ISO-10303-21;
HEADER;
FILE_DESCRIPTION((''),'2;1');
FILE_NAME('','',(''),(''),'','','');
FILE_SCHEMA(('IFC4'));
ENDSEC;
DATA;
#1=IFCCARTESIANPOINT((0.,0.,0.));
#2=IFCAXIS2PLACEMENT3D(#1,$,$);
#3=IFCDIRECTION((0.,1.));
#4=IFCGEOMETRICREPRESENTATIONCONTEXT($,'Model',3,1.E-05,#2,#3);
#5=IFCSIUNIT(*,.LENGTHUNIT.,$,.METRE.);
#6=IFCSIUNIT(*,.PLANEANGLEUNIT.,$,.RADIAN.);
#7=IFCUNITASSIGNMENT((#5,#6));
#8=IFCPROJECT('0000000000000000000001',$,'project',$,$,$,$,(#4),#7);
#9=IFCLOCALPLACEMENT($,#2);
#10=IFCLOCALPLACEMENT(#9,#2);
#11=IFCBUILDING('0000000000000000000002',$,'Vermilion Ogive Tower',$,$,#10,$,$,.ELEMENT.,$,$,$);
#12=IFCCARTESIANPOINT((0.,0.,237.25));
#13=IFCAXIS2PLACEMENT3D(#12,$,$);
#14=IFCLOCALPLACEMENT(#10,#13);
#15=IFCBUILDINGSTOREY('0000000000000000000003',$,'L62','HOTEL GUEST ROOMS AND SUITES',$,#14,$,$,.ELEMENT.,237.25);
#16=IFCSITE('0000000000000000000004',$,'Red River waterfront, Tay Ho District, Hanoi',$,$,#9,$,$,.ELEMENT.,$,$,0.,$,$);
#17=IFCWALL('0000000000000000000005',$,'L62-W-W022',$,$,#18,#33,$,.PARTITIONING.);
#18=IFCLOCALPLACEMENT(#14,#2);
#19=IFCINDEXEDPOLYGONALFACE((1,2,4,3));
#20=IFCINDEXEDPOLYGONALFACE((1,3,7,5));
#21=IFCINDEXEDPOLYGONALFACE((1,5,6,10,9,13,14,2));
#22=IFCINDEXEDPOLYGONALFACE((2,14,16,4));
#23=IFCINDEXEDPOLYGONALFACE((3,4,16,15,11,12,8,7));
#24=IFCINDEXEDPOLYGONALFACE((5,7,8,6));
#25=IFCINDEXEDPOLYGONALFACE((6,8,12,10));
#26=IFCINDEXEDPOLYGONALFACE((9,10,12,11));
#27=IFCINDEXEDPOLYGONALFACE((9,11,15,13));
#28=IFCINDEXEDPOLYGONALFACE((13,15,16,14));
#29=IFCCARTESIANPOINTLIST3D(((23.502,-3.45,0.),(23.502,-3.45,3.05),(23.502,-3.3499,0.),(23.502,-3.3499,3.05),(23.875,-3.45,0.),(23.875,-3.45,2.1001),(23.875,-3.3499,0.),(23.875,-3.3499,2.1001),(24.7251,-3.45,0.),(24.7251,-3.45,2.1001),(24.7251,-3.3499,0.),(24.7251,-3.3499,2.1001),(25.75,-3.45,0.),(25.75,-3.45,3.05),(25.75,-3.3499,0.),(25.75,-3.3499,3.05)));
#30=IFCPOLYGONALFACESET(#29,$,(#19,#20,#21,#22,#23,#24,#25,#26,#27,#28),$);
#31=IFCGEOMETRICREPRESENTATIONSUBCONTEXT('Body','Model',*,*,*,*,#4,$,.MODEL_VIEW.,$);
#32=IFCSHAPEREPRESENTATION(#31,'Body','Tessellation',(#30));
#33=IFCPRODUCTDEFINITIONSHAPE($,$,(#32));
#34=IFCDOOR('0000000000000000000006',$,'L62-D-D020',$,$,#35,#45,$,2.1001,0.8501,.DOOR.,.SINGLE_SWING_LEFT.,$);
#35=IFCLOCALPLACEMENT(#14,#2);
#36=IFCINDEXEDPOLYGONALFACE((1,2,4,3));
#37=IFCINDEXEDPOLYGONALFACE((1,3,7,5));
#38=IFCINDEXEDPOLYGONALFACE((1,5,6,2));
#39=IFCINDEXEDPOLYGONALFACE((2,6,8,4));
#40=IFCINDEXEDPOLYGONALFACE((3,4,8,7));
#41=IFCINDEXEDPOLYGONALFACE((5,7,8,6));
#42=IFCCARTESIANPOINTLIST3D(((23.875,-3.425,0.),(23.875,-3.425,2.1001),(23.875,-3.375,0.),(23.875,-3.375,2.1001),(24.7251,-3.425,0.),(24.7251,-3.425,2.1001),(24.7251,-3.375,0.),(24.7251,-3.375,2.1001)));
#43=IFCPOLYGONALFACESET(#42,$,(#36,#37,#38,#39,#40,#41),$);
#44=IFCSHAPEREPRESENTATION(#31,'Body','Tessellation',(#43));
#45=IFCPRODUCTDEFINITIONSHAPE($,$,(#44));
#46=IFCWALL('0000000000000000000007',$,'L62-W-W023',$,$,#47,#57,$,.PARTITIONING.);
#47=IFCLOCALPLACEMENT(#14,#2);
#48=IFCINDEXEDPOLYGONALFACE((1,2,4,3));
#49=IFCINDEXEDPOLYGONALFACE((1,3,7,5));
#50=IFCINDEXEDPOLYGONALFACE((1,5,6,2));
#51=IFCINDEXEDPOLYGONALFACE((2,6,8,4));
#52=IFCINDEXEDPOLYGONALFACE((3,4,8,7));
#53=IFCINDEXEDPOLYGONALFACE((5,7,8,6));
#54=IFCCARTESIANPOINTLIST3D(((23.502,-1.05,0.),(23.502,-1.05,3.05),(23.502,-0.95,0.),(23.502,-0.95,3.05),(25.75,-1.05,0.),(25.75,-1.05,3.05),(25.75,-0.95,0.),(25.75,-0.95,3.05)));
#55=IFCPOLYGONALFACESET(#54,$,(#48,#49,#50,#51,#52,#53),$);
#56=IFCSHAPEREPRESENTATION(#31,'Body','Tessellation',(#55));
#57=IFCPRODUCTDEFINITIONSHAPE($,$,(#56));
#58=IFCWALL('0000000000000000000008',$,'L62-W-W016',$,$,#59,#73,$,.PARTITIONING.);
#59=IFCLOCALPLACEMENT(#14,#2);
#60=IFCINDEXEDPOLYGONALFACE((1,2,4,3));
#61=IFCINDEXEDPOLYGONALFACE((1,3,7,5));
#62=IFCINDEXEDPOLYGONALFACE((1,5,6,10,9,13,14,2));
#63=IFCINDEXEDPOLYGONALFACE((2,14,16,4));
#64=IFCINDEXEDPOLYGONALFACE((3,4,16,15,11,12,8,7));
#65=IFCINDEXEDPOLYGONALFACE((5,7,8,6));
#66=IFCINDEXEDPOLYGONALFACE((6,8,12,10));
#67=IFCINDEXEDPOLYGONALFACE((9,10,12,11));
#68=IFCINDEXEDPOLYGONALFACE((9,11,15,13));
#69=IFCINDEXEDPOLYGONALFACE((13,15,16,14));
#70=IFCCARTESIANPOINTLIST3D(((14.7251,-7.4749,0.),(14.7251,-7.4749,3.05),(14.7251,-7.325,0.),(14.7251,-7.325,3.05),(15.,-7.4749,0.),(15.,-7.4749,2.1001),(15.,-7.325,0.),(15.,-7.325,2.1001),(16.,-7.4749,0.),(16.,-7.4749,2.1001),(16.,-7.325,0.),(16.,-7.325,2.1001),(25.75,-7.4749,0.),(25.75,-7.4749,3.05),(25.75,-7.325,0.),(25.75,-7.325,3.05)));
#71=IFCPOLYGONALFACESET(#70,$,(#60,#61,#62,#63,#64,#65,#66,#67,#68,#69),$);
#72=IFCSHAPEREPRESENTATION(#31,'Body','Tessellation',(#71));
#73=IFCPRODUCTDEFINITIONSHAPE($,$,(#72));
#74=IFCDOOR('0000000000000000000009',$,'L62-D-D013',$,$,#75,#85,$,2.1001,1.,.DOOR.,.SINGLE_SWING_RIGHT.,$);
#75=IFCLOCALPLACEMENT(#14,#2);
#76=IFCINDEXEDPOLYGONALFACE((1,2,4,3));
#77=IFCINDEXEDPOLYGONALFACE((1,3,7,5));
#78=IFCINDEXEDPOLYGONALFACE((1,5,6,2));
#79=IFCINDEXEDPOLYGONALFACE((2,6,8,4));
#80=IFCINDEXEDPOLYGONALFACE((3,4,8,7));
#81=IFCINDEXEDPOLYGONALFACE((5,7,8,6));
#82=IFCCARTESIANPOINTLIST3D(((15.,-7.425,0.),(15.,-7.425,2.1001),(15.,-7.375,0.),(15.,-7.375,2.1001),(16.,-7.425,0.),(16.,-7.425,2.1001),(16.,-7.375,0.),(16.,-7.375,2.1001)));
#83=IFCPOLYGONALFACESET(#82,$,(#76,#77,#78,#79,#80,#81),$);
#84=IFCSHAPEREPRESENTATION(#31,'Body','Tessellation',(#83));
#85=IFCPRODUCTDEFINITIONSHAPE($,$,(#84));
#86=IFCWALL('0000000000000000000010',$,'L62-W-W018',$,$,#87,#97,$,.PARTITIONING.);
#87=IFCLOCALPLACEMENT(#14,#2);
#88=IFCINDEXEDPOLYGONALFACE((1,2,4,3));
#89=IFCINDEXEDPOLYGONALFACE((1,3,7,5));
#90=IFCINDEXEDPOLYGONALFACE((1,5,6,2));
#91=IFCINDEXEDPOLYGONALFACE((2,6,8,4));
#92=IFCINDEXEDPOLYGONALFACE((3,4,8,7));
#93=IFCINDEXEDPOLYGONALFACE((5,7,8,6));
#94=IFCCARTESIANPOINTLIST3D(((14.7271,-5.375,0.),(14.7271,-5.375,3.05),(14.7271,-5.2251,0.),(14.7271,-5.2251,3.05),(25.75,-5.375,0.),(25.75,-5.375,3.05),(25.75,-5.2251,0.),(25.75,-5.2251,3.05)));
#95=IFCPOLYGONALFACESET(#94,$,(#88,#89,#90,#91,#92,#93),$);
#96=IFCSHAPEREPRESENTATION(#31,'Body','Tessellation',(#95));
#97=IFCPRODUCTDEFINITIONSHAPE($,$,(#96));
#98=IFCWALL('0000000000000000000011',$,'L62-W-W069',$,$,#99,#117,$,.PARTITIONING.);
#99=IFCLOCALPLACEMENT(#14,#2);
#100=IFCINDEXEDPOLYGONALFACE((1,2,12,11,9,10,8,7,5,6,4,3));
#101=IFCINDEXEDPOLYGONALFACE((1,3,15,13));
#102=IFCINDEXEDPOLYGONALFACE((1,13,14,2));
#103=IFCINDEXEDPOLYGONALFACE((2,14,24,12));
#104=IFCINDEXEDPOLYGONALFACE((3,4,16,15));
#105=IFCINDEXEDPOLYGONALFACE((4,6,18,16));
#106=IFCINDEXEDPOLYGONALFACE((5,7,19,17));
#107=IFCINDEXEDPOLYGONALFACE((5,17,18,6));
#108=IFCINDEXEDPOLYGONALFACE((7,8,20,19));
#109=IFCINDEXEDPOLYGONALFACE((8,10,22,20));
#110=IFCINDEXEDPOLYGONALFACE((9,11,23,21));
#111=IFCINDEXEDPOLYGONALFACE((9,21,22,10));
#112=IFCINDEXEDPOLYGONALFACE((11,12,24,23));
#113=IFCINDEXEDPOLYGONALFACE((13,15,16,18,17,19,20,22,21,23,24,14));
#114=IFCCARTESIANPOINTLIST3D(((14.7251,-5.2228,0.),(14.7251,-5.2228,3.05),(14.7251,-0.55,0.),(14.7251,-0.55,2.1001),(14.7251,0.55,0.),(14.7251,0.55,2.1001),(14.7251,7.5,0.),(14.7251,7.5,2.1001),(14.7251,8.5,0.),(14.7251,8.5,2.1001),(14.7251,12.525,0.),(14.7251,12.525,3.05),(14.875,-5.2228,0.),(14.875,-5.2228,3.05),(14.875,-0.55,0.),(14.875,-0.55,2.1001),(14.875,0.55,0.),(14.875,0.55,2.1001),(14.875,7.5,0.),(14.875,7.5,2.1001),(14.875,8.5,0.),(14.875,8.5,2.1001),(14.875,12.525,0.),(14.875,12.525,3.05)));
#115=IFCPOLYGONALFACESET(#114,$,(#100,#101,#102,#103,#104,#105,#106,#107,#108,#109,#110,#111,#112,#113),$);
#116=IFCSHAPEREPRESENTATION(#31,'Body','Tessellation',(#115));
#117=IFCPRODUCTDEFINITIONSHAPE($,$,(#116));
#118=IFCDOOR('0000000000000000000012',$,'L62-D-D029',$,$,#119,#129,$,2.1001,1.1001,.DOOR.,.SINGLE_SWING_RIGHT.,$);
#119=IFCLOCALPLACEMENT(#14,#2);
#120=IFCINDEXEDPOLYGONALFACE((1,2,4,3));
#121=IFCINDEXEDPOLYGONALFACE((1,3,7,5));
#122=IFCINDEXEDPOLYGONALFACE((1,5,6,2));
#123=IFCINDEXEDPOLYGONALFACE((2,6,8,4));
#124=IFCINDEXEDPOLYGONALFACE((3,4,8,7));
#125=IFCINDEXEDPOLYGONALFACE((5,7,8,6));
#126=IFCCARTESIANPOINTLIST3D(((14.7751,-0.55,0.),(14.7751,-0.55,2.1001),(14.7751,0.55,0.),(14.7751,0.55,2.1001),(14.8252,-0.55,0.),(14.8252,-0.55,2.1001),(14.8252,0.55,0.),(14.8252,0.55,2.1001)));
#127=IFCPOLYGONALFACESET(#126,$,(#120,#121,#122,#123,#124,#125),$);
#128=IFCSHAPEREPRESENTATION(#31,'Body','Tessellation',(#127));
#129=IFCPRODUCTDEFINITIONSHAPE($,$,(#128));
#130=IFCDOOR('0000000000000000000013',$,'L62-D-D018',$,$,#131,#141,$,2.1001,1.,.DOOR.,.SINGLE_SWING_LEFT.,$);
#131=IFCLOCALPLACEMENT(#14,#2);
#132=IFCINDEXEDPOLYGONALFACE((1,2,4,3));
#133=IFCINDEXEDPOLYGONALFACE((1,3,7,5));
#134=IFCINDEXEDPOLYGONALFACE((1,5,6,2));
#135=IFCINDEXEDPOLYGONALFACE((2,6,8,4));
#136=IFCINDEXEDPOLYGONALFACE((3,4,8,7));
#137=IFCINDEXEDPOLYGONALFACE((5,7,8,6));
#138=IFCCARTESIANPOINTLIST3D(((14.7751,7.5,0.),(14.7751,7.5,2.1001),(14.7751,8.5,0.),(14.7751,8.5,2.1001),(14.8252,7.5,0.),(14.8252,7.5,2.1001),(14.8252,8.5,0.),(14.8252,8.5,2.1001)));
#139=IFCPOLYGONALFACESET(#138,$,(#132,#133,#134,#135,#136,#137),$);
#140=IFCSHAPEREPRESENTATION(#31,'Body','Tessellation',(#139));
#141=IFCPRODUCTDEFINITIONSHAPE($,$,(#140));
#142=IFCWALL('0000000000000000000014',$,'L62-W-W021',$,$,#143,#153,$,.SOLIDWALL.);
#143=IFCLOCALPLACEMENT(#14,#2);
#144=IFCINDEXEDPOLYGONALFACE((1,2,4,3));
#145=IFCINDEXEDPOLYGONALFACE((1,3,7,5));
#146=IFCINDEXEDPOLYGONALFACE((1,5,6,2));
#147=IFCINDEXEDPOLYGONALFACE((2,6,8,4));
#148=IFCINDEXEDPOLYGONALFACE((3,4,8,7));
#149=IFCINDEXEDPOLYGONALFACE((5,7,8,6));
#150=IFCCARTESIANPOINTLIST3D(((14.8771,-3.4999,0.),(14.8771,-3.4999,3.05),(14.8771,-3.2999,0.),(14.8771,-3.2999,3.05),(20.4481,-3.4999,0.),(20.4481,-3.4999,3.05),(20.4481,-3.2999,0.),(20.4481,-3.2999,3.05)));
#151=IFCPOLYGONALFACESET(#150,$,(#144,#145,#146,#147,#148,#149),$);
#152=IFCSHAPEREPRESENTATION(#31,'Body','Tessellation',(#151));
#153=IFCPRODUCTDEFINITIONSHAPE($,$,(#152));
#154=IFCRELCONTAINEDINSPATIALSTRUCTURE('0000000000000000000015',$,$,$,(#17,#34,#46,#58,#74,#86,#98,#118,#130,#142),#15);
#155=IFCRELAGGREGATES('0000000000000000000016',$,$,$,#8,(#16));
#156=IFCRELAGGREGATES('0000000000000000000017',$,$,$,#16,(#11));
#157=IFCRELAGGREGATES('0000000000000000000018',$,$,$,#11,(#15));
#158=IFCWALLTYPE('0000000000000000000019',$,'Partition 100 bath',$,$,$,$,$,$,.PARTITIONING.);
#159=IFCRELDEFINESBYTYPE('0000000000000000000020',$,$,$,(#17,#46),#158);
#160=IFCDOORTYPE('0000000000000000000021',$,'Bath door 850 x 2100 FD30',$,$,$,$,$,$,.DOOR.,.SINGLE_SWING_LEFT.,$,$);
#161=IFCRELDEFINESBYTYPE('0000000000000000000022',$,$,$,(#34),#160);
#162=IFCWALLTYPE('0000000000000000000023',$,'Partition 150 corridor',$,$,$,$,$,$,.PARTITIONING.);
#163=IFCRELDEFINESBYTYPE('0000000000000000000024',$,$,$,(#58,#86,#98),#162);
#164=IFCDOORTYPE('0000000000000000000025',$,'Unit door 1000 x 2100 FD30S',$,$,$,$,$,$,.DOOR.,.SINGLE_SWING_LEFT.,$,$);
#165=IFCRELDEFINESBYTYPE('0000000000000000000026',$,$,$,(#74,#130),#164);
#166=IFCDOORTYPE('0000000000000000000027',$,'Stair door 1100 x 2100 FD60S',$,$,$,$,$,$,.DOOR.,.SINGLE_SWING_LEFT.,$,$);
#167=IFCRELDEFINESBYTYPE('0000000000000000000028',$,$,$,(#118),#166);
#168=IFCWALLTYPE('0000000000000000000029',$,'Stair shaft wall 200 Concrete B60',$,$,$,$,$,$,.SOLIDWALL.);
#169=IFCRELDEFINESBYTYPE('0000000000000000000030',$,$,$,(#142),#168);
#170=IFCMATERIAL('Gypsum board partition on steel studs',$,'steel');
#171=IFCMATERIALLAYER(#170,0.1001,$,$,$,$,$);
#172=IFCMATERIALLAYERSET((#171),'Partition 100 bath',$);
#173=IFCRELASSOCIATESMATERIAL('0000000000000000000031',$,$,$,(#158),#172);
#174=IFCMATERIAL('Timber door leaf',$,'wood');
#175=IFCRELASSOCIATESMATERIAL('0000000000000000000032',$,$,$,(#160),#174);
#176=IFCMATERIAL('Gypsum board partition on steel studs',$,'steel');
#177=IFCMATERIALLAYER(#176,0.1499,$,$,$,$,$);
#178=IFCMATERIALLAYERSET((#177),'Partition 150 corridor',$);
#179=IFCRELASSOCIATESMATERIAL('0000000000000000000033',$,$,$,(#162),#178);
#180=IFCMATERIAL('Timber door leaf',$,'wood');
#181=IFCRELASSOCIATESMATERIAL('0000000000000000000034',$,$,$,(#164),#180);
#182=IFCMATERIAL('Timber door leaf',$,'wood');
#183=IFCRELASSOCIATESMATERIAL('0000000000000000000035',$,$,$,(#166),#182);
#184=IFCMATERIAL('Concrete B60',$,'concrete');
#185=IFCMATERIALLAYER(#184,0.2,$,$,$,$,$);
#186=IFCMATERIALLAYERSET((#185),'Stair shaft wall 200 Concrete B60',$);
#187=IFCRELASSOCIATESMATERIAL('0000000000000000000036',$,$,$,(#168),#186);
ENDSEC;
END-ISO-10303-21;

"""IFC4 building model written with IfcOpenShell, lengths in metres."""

from ifc_helpers import new_model, si_unit, direction, frame, frame_2d, origin, place, context, subcontext, project, spatial, rectangle, extrude, material, layer, layer_set, type_object, element, fill, save


model = new_model("IFC4")

# Units and contexts
model_context = context("Model", 3, precision=1e-05, world=origin(), true_north=direction((0.0, 1.0)))
body_context = subcontext(model_context, "Body", "Model", "MODEL_VIEW")
ifc_project = project(units=[si_unit("LENGTHUNIT", "METRE"), si_unit("PLANEANGLEUNIT", "RADIAN")], contexts=[model_context])

# Site, building, storey
site_placement = place(None, origin())
site = spatial("IfcSite", under=ifc_project, at=site_placement, Name="Red River waterfront, Tay Ho District, Hanoi", CompositionType="ELEMENT", RefElevation=0.0)
building_placement = place(site_placement, origin())
building = spatial("IfcBuilding", under=site, at=building_placement, Name="Vermilion Ogive Tower", CompositionType="ELEMENT")
storey_placement = place(building_placement, frame((0.0, 0.0, 237.25)))
storey = spatial("IfcBuildingStorey", under=building, at=storey_placement, Name="L62", Description="HOTEL GUEST ROOMS AND SUITES", CompositionType="ELEMENT", Elevation=237.25)

# Wall, opening, door
ifc_material_1 = material(Name="Gypsum board partition on steel studs", Category="steel")
ifc_layer_1 = layer(ifc_material_1, 0.1001)
ifc_layer_set_1 = layer_set([ifc_layer_1], Name="Partition 100 bath")
wall_type_1 = type_object("IfcWallType", Name="Partition 100 bath", PredefinedType="PARTITIONING", material=ifc_layer_set_1)
wall_1_placement = place(storey_placement, frame((23.502, -3.3999, 0.0), z_axis=(0.0, 0.0, 1.0), x_axis=(1.0, 0.0, 0.0)))
wall_1 = element("IfcWall", 1, at=wall_1_placement, inside=storey, type_object=wall_type_1, Name="L62-W-W022", PredefinedType="PARTITIONING", context=body_context, shape_type="SweptSolid", body=[
    extrude(rectangle(XDim=2.248, YDim=0.1001, at=frame_2d((1.124, 0.0))), origin(), (0.0, 0.0, 1.0), 3.05),
])
opening_1_placement = place(wall_1_placement, frame((0.373, 0.0, 0.0)))
opening_1 = element("IfcOpeningElement", 2, at=opening_1_placement, cuts=wall_1, PredefinedType="OPENING", context=body_context, shape_type="SweptSolid", body=[
    extrude(rectangle(XDim=0.8501, YDim=2.1001, at=frame_2d((0.425, 1.05))), frame((0.0, 0.0601, 0.0), z_axis=(0.0, -1.0, 0.0), x_axis=(1.0, 0.0, 0.0)), (0.0, 0.0, 1.0), 0.1201),
])
ifc_material_2 = material(Name="Timber door leaf", Category="wood")
door_type_1 = type_object("IfcDoorType", Name="Bath door 850 x 2100 FD30", OperationType="SINGLE_SWING_LEFT", PredefinedType="DOOR", material=ifc_material_2)
door_1_placement = place(opening_1_placement, origin())
door_1 = element("IfcDoor", 3, at=door_1_placement, inside=storey, type_object=door_type_1, Name="L62-D-D020", OperationType="SINGLE_SWING_LEFT", OverallHeight=2.1001, OverallWidth=0.8501, PredefinedType="DOOR", context=body_context, shape_type="SweptSolid", body=[
    extrude(rectangle(XDim=0.8501, YDim=2.1001, at=frame_2d((0.425, 1.05))), frame((0.0, 0.0249, 0.0), z_axis=(0.0, -1.0, 0.0), x_axis=(1.0, 0.0, 0.0)), (0.0, 0.0, 1.0), 0.05),
])
fill(opening_1, door_1)

# Wall
wall_2_placement = place(storey_placement, frame((23.502, -1.0, 0.0), z_axis=(0.0, 0.0, 1.0), x_axis=(1.0, 0.0, 0.0)))
element("IfcWall", 4, at=wall_2_placement, inside=storey, type_object=wall_type_1, Name="L62-W-W023", PredefinedType="PARTITIONING", context=body_context, shape_type="SweptSolid", body=[
    extrude(rectangle(XDim=2.248, YDim=0.1001, at=frame_2d((1.124, 0.0))), origin(), (0.0, 0.0, 1.0), 3.05),
])

# Wall, opening, door
ifc_material_3 = material(Name="Gypsum board partition on steel studs", Category="steel")
ifc_layer_2 = layer(ifc_material_3, 0.1499)
ifc_layer_set_2 = layer_set([ifc_layer_2], Name="Partition 150 corridor")
wall_type_2 = type_object("IfcWallType", Name="Partition 150 corridor", PredefinedType="PARTITIONING", material=ifc_layer_set_2)
wall_3_placement = place(storey_placement, frame((14.7251, -7.3999, 0.0), z_axis=(0.0, 0.0, 1.0), x_axis=(1.0, 0.0, 0.0)))
wall_3 = element("IfcWall", 5, at=wall_3_placement, inside=storey, type_object=wall_type_2, Name="L62-W-W016", PredefinedType="PARTITIONING", context=body_context, shape_type="SweptSolid", body=[
    extrude(rectangle(XDim=11.0249, YDim=0.1499, at=frame_2d((5.5125, 0.0))), origin(), (0.0, 0.0, 1.0), 3.05),
])
opening_2_placement = place(wall_3_placement, frame((0.2749, 0.0, 0.0)))
opening_2 = element("IfcOpeningElement", 6, at=opening_2_placement, cuts=wall_3, PredefinedType="OPENING", context=body_context, shape_type="SweptSolid", body=[
    extrude(rectangle(XDim=1.0, YDim=2.1001, at=frame_2d((0.5, 1.05))), frame((0.0, 0.085, 0.0), z_axis=(0.0, -1.0, 0.0), x_axis=(1.0, 0.0, 0.0)), (0.0, 0.0, 1.0), 0.1699),
])
ifc_material_4 = material(Name="Timber door leaf", Category="wood")
door_type_2 = type_object("IfcDoorType", Name="Unit door 1000 x 2100 FD30S", OperationType="SINGLE_SWING_LEFT", PredefinedType="DOOR", material=ifc_material_4)
door_2_placement = place(opening_2_placement, origin())
door_2 = element("IfcDoor", 7, at=door_2_placement, inside=storey, type_object=door_type_2, Name="L62-D-D013", OperationType="SINGLE_SWING_RIGHT", OverallHeight=2.1001, OverallWidth=1.0, PredefinedType="DOOR", context=body_context, shape_type="SweptSolid", body=[
    extrude(rectangle(XDim=1.0, YDim=2.1001, at=frame_2d((0.5, 1.05))), frame((0.0, 0.0249, 0.0), z_axis=(0.0, -1.0, 0.0), x_axis=(1.0, 0.0, 0.0)), (0.0, 0.0, 1.0), 0.05),
])
fill(opening_2, door_2)

# Wall
wall_4_placement = place(storey_placement, frame((14.7271, -5.3, 0.0), z_axis=(0.0, 0.0, 1.0), x_axis=(1.0, 0.0, 0.0)))
element("IfcWall", 8, at=wall_4_placement, inside=storey, type_object=wall_type_2, Name="L62-W-W018", PredefinedType="PARTITIONING", context=body_context, shape_type="SweptSolid", body=[
    extrude(rectangle(XDim=11.0229, YDim=0.1499, at=frame_2d((5.5115, 0.0))), origin(), (0.0, 0.0, 1.0), 3.05),
])

# Wall, openings, doors
wall_5_placement = place(storey_placement, frame((14.8, -5.2229, 0.0), z_axis=(0.0, 0.0, 1.0), x_axis=(0.0, 1.0, 0.0)))
wall_5 = element("IfcWall", 9, at=wall_5_placement, inside=storey, type_object=wall_type_2, Name="L62-W-W069", PredefinedType="PARTITIONING", context=body_context, shape_type="SweptSolid", body=[
    extrude(rectangle(XDim=17.7478, YDim=0.1499, at=frame_2d((8.874, 0.0))), origin(), (0.0, 0.0, 1.0), 3.05),
])
opening_3_placement = place(wall_5_placement, frame((12.7229, 0.0, 0.0)))
opening_3 = element("IfcOpeningElement", 10, at=opening_3_placement, cuts=wall_5, PredefinedType="OPENING", context=body_context, shape_type="SweptSolid", body=[
    extrude(rectangle(XDim=1.0, YDim=2.1001, at=frame_2d((0.5, 1.05))), frame((0.0, 0.085, 0.0), z_axis=(0.0, -1.0, 0.0), x_axis=(1.0, 0.0, 0.0)), (0.0, 0.0, 1.0), 0.1699),
])
opening_4_placement = place(wall_5_placement, frame((4.6729, 0.0, 0.0)))
opening_4 = element("IfcOpeningElement", 11, at=opening_4_placement, cuts=wall_5, PredefinedType="OPENING", context=body_context, shape_type="SweptSolid", body=[
    extrude(rectangle(XDim=1.1001, YDim=2.1001, at=frame_2d((0.55, 1.05))), frame((0.0, 0.085, 0.0), z_axis=(0.0, -1.0, 0.0), x_axis=(1.0, 0.0, 0.0)), (0.0, 0.0, 1.0), 0.1699),
])
ifc_material_5 = material(Name="Timber door leaf", Category="wood")
door_type_3 = type_object("IfcDoorType", Name="Stair door 1100 x 2100 FD60S", OperationType="SINGLE_SWING_LEFT", PredefinedType="DOOR", material=ifc_material_5)
door_3_placement = place(opening_4_placement, origin())
door_3 = element("IfcDoor", 12, at=door_3_placement, inside=storey, type_object=door_type_3, Name="L62-D-D029", OperationType="SINGLE_SWING_RIGHT", OverallHeight=2.1001, OverallWidth=1.1001, PredefinedType="DOOR", context=body_context, shape_type="SweptSolid", body=[
    extrude(rectangle(XDim=1.1001, YDim=2.1001, at=frame_2d((0.55, 1.05))), frame((0.0, 0.0249, 0.0), z_axis=(0.0, -1.0, 0.0), x_axis=(1.0, 0.0, 0.0)), (0.0, 0.0, 1.0), 0.05),
])
fill(opening_4, door_3)
door_4_placement = place(opening_3_placement, origin())
door_4 = element("IfcDoor", 13, at=door_4_placement, inside=storey, type_object=door_type_2, Name="L62-D-D018", OperationType="SINGLE_SWING_LEFT", OverallHeight=2.1001, OverallWidth=1.0, PredefinedType="DOOR", context=body_context, shape_type="SweptSolid", body=[
    extrude(rectangle(XDim=1.0, YDim=2.1001, at=frame_2d((0.5, 1.05))), frame((0.0, 0.0249, 0.0), z_axis=(0.0, -1.0, 0.0), x_axis=(1.0, 0.0, 0.0)), (0.0, 0.0, 1.0), 0.05),
])
fill(opening_3, door_4)

# Wall
ifc_material_6 = material(Name="Concrete B60", Category="concrete")
ifc_layer_3 = layer(ifc_material_6, 0.2)
ifc_layer_set_3 = layer_set([ifc_layer_3], Name="Stair shaft wall 200 Concrete B60")
wall_type_3 = type_object("IfcWallType", Name="Stair shaft wall 200 Concrete B60", PredefinedType="SOLIDWALL", material=ifc_layer_set_3)
wall_6_placement = place(storey_placement, frame((14.877, -3.3999, 0.0), z_axis=(0.0, 0.0, 1.0), x_axis=(1.0, 0.0, 0.0)))
element("IfcWall", 14, at=wall_6_placement, inside=storey, type_object=wall_type_3, Name="L62-W-W021", PredefinedType="SOLIDWALL", context=body_context, shape_type="SweptSolid", body=[
    extrude(rectangle(XDim=5.571, YDim=0.2, at=frame_2d((2.7856, 0.0))), origin(), (0.0, 0.0, 1.0), 3.05),
])

save(model, "model.ifc")
